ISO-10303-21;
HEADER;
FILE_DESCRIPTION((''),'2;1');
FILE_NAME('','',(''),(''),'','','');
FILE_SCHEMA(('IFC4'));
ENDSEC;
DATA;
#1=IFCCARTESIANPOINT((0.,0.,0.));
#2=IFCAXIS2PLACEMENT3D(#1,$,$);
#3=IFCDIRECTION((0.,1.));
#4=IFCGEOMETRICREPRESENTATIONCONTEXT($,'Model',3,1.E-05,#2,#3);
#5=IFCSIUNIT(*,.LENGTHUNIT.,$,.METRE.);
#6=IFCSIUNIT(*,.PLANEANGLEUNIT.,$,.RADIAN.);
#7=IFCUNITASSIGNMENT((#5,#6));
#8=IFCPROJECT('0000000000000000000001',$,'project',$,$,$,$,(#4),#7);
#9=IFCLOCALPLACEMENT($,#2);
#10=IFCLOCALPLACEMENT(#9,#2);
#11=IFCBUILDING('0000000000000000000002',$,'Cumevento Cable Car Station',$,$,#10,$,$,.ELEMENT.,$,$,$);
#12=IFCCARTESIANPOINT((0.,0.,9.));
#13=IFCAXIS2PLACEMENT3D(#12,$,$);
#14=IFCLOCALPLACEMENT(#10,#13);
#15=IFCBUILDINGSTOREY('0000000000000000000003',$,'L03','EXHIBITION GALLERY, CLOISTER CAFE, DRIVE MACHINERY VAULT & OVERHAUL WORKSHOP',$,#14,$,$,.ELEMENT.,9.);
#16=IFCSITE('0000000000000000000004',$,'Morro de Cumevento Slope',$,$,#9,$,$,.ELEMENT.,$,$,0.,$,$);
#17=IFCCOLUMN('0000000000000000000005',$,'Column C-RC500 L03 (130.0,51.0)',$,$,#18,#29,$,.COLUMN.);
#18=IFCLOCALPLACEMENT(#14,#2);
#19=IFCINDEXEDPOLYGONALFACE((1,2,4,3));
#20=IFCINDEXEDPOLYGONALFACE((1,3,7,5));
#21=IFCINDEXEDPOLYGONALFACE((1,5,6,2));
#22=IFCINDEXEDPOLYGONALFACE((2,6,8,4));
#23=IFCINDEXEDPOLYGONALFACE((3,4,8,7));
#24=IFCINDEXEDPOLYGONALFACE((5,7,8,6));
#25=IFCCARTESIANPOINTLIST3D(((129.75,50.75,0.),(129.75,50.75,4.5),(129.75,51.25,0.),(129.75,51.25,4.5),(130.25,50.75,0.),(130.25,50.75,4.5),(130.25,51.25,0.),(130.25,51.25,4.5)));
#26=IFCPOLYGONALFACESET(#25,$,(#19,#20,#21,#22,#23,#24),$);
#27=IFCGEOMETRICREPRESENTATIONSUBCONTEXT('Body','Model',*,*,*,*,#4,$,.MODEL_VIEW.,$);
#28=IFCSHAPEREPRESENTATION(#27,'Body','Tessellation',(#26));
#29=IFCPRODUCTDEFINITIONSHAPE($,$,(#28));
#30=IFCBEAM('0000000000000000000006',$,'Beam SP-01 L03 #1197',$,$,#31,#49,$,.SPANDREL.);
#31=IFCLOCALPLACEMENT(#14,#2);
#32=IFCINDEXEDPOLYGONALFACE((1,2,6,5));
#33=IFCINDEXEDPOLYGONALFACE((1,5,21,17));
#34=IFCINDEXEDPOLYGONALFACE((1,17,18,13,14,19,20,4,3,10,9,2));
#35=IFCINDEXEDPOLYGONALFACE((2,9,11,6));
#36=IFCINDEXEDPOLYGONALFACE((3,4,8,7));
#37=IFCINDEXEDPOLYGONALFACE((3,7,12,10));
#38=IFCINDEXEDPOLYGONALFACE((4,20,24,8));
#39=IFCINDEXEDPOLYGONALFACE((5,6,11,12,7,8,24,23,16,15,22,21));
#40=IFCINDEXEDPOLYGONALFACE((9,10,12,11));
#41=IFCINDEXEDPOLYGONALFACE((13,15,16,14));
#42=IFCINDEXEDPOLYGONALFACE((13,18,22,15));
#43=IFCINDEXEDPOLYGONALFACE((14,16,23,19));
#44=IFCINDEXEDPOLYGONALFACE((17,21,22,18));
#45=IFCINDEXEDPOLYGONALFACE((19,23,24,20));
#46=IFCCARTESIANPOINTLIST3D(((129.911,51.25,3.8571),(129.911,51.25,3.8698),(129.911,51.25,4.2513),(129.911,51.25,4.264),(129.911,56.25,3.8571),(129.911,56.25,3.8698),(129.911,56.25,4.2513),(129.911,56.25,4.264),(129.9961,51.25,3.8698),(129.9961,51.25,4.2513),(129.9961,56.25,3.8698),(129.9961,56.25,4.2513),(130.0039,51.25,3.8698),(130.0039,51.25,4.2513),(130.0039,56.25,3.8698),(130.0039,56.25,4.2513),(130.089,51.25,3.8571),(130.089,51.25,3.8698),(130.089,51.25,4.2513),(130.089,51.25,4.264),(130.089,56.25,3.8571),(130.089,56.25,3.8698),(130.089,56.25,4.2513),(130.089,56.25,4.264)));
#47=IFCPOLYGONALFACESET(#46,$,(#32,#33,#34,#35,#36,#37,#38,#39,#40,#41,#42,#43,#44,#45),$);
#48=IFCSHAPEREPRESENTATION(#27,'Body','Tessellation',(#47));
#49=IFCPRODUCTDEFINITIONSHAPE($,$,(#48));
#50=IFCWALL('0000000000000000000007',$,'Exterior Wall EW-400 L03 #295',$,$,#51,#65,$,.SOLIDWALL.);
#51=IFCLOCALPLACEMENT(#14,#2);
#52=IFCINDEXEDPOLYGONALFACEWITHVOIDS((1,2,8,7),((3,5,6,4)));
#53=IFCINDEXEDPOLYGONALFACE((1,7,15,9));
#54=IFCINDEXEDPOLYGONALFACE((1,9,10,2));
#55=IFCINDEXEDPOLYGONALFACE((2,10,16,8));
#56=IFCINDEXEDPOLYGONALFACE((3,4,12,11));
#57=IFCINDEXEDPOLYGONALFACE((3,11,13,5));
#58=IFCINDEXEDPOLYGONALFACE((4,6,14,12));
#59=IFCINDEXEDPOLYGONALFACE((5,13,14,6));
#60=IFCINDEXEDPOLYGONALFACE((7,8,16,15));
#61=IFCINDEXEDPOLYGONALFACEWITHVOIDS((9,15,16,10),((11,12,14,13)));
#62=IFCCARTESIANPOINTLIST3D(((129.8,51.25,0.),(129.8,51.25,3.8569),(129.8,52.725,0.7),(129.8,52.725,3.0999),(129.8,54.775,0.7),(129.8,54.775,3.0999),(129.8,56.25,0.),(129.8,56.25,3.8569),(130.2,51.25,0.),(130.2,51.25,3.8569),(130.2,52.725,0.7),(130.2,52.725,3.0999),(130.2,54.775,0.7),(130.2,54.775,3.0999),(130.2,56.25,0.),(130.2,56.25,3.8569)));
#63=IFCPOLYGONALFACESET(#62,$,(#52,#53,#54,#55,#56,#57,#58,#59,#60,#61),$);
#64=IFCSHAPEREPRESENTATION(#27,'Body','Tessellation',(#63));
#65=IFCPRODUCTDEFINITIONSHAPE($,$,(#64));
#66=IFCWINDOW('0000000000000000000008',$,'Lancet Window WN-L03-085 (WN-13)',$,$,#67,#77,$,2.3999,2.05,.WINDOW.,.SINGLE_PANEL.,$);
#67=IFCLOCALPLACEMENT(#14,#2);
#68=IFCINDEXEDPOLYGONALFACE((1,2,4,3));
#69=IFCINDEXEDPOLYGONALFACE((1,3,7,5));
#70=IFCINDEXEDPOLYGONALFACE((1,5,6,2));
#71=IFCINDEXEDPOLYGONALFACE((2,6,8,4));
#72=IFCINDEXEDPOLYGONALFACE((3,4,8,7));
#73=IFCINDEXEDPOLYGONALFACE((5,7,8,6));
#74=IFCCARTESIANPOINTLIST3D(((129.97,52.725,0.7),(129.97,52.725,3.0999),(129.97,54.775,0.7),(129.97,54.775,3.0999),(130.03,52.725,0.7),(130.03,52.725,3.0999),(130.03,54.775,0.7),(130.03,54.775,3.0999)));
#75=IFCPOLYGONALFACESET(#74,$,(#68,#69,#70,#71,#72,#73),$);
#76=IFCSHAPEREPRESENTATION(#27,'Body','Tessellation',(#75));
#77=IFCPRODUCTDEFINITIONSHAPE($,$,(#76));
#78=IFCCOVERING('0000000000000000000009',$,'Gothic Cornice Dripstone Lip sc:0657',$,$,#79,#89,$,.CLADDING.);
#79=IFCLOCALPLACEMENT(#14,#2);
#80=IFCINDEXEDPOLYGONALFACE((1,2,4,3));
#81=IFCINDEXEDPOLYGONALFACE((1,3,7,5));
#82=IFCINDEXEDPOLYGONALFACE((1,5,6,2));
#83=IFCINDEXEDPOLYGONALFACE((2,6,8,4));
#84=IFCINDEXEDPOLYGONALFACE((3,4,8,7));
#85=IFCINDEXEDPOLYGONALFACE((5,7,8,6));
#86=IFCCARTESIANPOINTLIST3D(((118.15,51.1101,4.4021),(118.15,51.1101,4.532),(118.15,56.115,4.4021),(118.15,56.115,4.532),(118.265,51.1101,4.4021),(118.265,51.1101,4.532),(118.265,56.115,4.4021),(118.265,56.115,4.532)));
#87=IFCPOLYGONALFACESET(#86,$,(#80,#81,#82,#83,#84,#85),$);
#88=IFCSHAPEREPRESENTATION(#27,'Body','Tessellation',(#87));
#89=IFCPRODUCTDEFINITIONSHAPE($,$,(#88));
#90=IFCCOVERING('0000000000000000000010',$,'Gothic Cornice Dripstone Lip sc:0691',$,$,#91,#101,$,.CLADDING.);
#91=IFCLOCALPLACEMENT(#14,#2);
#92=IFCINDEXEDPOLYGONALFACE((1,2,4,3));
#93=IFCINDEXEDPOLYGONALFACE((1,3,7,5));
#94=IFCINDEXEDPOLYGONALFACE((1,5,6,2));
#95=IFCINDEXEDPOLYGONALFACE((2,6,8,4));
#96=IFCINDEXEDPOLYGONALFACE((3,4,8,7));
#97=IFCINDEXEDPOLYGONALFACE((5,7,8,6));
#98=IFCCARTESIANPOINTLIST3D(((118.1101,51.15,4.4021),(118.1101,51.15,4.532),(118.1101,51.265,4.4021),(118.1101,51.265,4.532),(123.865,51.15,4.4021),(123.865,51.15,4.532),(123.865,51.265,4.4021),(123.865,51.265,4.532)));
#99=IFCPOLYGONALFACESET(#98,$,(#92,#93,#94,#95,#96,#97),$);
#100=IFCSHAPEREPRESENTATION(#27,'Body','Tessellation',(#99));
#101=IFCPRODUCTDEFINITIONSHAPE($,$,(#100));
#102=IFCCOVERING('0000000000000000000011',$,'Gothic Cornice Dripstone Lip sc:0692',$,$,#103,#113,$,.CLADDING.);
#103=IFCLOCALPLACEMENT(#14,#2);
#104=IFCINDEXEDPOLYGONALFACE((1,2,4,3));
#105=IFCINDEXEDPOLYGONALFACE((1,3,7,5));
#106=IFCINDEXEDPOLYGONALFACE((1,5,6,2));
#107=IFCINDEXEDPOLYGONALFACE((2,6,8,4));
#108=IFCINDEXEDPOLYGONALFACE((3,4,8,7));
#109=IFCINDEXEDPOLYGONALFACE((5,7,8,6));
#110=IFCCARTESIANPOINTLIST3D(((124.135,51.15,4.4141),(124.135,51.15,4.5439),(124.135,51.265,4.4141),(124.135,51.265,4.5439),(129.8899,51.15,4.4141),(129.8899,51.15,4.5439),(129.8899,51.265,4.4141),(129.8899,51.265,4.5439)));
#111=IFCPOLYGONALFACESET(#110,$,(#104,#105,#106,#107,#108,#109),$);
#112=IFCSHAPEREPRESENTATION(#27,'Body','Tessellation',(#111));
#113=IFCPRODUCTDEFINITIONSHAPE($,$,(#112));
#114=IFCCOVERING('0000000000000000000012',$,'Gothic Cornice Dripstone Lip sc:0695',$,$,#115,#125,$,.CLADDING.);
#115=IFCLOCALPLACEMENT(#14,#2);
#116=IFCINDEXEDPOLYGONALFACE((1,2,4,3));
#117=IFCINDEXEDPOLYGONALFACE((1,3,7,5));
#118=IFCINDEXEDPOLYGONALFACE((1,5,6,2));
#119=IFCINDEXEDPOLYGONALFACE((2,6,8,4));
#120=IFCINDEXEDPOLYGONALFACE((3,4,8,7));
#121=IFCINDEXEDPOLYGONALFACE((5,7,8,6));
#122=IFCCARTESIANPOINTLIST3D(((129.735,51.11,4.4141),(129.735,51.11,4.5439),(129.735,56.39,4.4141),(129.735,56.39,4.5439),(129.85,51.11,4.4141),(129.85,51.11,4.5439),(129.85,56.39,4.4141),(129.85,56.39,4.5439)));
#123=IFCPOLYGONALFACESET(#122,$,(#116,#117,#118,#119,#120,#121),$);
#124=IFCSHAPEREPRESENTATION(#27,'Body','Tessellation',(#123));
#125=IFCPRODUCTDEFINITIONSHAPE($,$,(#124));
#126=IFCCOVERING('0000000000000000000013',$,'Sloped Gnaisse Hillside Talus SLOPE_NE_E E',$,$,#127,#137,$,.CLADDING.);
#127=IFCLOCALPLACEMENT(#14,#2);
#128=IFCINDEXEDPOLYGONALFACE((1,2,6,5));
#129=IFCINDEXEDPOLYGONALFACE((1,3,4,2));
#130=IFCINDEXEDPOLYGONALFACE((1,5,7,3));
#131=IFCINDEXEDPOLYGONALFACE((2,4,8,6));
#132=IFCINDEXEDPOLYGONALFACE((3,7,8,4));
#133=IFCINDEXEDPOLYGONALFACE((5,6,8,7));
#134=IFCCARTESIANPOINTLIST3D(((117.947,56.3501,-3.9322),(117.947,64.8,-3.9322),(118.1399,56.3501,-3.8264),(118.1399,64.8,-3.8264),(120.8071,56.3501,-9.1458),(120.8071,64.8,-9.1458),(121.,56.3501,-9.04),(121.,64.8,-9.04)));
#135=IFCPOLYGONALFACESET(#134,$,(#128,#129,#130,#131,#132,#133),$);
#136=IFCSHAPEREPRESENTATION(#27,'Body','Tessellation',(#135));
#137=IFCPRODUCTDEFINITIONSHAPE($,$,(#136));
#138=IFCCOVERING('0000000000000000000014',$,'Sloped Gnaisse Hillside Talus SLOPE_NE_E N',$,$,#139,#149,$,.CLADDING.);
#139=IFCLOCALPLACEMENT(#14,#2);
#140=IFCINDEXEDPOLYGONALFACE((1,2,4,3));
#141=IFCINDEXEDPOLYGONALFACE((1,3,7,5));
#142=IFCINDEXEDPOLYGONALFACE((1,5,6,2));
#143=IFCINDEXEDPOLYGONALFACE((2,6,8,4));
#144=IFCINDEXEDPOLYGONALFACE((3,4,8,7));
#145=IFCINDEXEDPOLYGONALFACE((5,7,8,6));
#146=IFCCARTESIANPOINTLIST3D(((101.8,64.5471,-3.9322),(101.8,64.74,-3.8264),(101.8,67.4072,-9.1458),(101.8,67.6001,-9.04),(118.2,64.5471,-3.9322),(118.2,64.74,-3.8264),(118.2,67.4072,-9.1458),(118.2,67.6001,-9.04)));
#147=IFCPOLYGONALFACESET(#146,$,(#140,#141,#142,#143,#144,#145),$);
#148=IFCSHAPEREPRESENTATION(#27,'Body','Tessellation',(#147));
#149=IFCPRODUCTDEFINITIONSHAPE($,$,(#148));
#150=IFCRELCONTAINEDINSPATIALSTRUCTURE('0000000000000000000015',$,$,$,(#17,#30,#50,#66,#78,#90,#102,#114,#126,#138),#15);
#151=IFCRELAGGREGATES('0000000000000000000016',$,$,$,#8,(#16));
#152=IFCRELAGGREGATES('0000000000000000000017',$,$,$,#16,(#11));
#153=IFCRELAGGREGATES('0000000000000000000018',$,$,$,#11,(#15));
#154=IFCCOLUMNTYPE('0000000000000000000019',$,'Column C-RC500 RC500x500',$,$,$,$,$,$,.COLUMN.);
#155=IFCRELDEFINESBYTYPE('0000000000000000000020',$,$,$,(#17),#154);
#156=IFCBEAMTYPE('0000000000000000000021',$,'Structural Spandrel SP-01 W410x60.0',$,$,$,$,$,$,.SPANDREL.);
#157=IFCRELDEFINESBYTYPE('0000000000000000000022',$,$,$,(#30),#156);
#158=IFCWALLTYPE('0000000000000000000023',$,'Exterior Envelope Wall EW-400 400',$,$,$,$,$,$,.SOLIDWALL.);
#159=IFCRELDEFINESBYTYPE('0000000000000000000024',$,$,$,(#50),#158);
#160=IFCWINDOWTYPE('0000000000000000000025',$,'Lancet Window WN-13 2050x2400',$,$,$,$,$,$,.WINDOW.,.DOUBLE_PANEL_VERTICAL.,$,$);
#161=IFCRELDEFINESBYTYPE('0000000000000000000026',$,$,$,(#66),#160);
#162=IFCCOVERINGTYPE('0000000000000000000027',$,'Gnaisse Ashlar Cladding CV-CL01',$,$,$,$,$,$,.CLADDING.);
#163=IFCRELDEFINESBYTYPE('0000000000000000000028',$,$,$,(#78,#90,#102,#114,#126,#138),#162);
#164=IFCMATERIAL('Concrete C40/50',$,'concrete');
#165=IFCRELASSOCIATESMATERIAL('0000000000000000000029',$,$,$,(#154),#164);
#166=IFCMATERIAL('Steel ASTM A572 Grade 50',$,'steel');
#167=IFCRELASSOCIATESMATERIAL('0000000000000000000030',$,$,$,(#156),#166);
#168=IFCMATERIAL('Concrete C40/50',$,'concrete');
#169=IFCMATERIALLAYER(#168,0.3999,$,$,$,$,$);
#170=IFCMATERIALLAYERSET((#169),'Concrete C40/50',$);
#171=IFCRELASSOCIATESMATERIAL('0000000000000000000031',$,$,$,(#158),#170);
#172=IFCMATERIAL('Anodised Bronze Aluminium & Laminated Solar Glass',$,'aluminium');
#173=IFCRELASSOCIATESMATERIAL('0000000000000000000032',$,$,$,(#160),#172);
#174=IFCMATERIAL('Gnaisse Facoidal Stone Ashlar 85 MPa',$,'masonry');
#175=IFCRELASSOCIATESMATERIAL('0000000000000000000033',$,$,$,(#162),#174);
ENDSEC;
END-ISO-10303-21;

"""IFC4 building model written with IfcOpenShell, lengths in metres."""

from ifc_helpers import new_model, si_unit, direction, frame, frame_2d, origin, origin_2d, place, context, subcontext, project, spatial, polyline, rectangle, i_section, outline, extrude, material, layer, layer_set, material_profile, profile_set, type_object, element, fill, save


model = new_model("IFC4")

# Units and contexts
model_context = context("Model", 3, precision=1e-05, world=origin(), true_north=direction((0.0, 1.0)))
body_context = subcontext(model_context, "Body", "Model", "MODEL_VIEW")
ifc_project = project(units=[si_unit("LENGTHUNIT", "METRE"), si_unit("PLANEANGLEUNIT", "RADIAN")], contexts=[model_context])

# Site, building, storey
site_placement = place(None, origin())
site = spatial("IfcSite", under=ifc_project, at=site_placement, Name="Morro de Cumevento Slope", CompositionType="ELEMENT", RefElevation=0.0)
building_placement = place(site_placement, origin())
building = spatial("IfcBuilding", under=site, at=building_placement, Name="Cumevento Cable Car Station", CompositionType="ELEMENT")
storey_placement = place(building_placement, frame((0.0, 0.0, 9.0)))
storey = spatial("IfcBuildingStorey", under=building, at=storey_placement, Name="L03", Description="EXHIBITION GALLERY, CLOISTER CAFE, DRIVE MACHINERY VAULT & OVERHAUL WORKSHOP", CompositionType="ELEMENT", Elevation=9.0)

# Column
ifc_material_1 = material(Name="Concrete C40/50", Category="concrete")
ifc_material_profile_1 = material_profile(ifc_material_1, rectangle(XDim=0.5, YDim=0.5, at=origin_2d()), Name="RC500x500")
ifc_profile_set_1 = profile_set([ifc_material_profile_1], Name="Concrete C40/50")
column_type = type_object("IfcColumnType", Name="Column C-RC500 RC500x500", PredefinedType="COLUMN", material=ifc_profile_set_1)
column_placement = place(storey_placement, frame((130.0, 51.0, 0.0), z_axis=(0.0, 0.0, 1.0), x_axis=(1.0, 0.0, 0.0)))
element("IfcColumn", 1, at=column_placement, inside=storey, type_object=column_type, Name="Column C-RC500 L03 (130.0,51.0)", PredefinedType="COLUMN", context=body_context, shape_type="SweptSolid", body=[
    extrude(rectangle(XDim=0.5, YDim=0.5, at=origin_2d()), origin(), (0.0, 0.0, 1.0), 4.5),
])

# Beam
ifc_material_2 = material(Name="Steel ASTM A572 Grade 50", Category="steel")
ifc_material_profile_2 = material_profile(ifc_material_2, i_section(OverallWidth=0.178, OverallDepth=0.407, WebThickness=0.0078, FlangeThickness=0.0127, at=origin_2d()), Name="W410x60.0")
ifc_profile_set_2 = profile_set([ifc_material_profile_2], Name="Steel ASTM A572 Grade 50")
beam_type = type_object("IfcBeamType", Name="Structural Spandrel SP-01 W410x60.0", PredefinedType="SPANDREL", material=ifc_profile_set_2)
beam_placement = place(storey_placement, frame((130.0, 51.25, 4.0605), z_axis=(0.0, 1.0, 0.0), x_axis=(-1.0, 0.0, 0.0)))
element("IfcBeam", 2, at=beam_placement, inside=storey, type_object=beam_type, Name="Beam SP-01 L03 #1197", PredefinedType="SPANDREL", context=body_context, shape_type="SweptSolid", body=[
    extrude(i_section(OverallWidth=0.178, OverallDepth=0.407, WebThickness=0.0078, FlangeThickness=0.0127, at=origin_2d()), origin(), (0.0, 0.0, 1.0), 5.0),
])

# Wall, opening, window
ifc_material_3 = material(Name="Concrete C40/50", Category="concrete")
ifc_layer = layer(ifc_material_3, 0.3999)
ifc_layer_set = layer_set([ifc_layer], Name="Concrete C40/50")
wall_type = type_object("IfcWallType", Name="Exterior Envelope Wall EW-400 400", PredefinedType="SOLIDWALL", material=ifc_layer_set)
wall_placement = place(storey_placement, frame((130.0, 51.25, 0.0), z_axis=(0.0, 0.0, 1.0), x_axis=(0.0, 1.0, 0.0)))
wall = element("IfcWall", 3, at=wall_placement, inside=storey, type_object=wall_type, Name="Exterior Wall EW-400 L03 #295", PredefinedType="SOLIDWALL", context=body_context, shape_type="SweptSolid", body=[
    extrude(rectangle(XDim=5.0, YDim=0.3999, at=frame_2d((2.5, 0.0))), origin(), (0.0, 0.0, 1.0), 3.8569),
])
opening_placement = place(wall_placement, frame((1.4751, 0.0, 0.7)))
opening = element("IfcOpeningElement", 4, at=opening_placement, cuts=wall, PredefinedType="OPENING", context=body_context, shape_type="SweptSolid", body=[
    extrude(rectangle(XDim=2.05, YDim=2.3999, at=frame_2d((1.0249, 1.2))), frame((0.0, 0.21, 0.0), z_axis=(0.0, -1.0, 0.0), x_axis=(1.0, 0.0, 0.0)), (0.0, 0.0, 1.0), 0.4199),
])
ifc_material_4 = material(Name="Anodised Bronze Aluminium & Laminated Solar Glass", Category="aluminium")
window_type = type_object("IfcWindowType", Name="Lancet Window WN-13 2050x2400", PartitioningType="DOUBLE_PANEL_VERTICAL", PredefinedType="WINDOW", material=ifc_material_4)
window_placement = place(opening_placement, origin())
window = element("IfcWindow", 5, at=window_placement, inside=storey, type_object=window_type, Name="Lancet Window WN-L03-085 (WN-13)", OverallHeight=2.3999, OverallWidth=2.05, PartitioningType="SINGLE_PANEL", PredefinedType="WINDOW", context=body_context, shape_type="SweptSolid", body=[
    extrude(rectangle(XDim=2.05, YDim=2.3999, at=frame_2d((1.0249, 1.2))), frame((0.0, 0.03, 0.0), z_axis=(0.0, -1.0, 0.0), x_axis=(1.0, 0.0, 0.0)), (0.0, 0.0, 1.0), 0.0601),
])
fill(opening, window)

# Coverings
ifc_material_5 = material(Name="Gnaisse Facoidal Stone Ashlar 85 MPa", Category="masonry")
covering_type = type_object("IfcCoveringType", Name="Gnaisse Ashlar Cladding CV-CL01", PredefinedType="CLADDING", material=ifc_material_5)
covering_1_placement = place(storey_placement, frame((118.2075, 53.6125, 4.4021), z_axis=(0.0, 0.0, 1.0), x_axis=(0.0, -1.0, 0.0)))
element("IfcCovering", 6, at=covering_1_placement, inside=storey, type_object=covering_type, Name="Gothic Cornice Dripstone Lip sc:0657", PredefinedType="CLADDING", context=body_context, shape_type="SweptSolid", body=[
    extrude(rectangle(XDim=5.0049, YDim=0.115, at=origin_2d()), origin(), (0.0, 0.0, 1.0), 0.1299),
])
for number, where, z_axis, x_axis, name in (
    (7, (120.9875, 51.2075, 4.4021), (0.0, 0.0, 1.0), (1.0, 0.0, 0.0), "Gothic Cornice Dripstone Lip sc:0691"),
    (8, (127.0125, 51.2075, 4.4141), (0.0, 0.0, 1.0), (1.0, 0.0, 0.0), "Gothic Cornice Dripstone Lip sc:0692"),
):
    element("IfcCovering", number, at=place(storey_placement, frame(where, z_axis=z_axis, x_axis=x_axis)), inside=storey, type_object=covering_type, Name=name, PredefinedType="CLADDING", context=body_context, shape_type="SweptSolid", body=[
        extrude(rectangle(XDim=5.7549, YDim=0.115, at=origin_2d()), origin(), (0.0, 0.0, 1.0), 0.1299),
    ])
covering_2_placement = place(storey_placement, frame((129.7925, 53.75, 4.4141), z_axis=(0.0, 0.0, 1.0), x_axis=(0.0, 1.0, 0.0)))
element("IfcCovering", 9, at=covering_2_placement, inside=storey, type_object=covering_type, Name="Gothic Cornice Dripstone Lip sc:0695", PredefinedType="CLADDING", context=body_context, shape_type="SweptSolid", body=[
    extrude(rectangle(XDim=5.28, YDim=0.115, at=origin_2d()), origin(), (0.0, 0.0, 1.0), 0.1299),
])
covering_3_placement = place(storey_placement, frame((121.0, 56.3501, -9.04), z_axis=(0.87674, 0.0, 0.480965), x_axis=(0.0, 1.0, 0.0)))
element("IfcCovering", 10, at=covering_3_placement, inside=storey, type_object=covering_type, Name="Sloped Gnaisse Hillside Talus SLOPE_NE_E E", PredefinedType="CLADDING", context=body_context, shape_type="SweptSolid", body=[
    extrude(outline(polyline([(0.0, 0.0), (8.45, 0.0), (8.45, 5.9466), (0.0, 5.9466), (0.0, 0.0)])), origin(), (0.0, 0.0, -1.0), 0.22),
])
covering_4_placement = place(storey_placement, frame((118.2, 67.6001, -9.04), z_axis=(0.0, 0.87674, 0.480965), x_axis=(-1.0, 0.0, 0.0)))
element("IfcCovering", 11, at=covering_4_placement, inside=storey, type_object=covering_type, Name="Sloped Gnaisse Hillside Talus SLOPE_NE_E N", PredefinedType="CLADDING", context=body_context, shape_type="SweptSolid", body=[
    extrude(outline(polyline([(0.0, 0.0), (16.3999, 0.0), (16.3999, 5.9466), (0.0, 5.9466), (0.0, 0.0)])), origin(), (0.0, 0.0, -1.0), 0.22),
])

save(model, "model.ifc")
